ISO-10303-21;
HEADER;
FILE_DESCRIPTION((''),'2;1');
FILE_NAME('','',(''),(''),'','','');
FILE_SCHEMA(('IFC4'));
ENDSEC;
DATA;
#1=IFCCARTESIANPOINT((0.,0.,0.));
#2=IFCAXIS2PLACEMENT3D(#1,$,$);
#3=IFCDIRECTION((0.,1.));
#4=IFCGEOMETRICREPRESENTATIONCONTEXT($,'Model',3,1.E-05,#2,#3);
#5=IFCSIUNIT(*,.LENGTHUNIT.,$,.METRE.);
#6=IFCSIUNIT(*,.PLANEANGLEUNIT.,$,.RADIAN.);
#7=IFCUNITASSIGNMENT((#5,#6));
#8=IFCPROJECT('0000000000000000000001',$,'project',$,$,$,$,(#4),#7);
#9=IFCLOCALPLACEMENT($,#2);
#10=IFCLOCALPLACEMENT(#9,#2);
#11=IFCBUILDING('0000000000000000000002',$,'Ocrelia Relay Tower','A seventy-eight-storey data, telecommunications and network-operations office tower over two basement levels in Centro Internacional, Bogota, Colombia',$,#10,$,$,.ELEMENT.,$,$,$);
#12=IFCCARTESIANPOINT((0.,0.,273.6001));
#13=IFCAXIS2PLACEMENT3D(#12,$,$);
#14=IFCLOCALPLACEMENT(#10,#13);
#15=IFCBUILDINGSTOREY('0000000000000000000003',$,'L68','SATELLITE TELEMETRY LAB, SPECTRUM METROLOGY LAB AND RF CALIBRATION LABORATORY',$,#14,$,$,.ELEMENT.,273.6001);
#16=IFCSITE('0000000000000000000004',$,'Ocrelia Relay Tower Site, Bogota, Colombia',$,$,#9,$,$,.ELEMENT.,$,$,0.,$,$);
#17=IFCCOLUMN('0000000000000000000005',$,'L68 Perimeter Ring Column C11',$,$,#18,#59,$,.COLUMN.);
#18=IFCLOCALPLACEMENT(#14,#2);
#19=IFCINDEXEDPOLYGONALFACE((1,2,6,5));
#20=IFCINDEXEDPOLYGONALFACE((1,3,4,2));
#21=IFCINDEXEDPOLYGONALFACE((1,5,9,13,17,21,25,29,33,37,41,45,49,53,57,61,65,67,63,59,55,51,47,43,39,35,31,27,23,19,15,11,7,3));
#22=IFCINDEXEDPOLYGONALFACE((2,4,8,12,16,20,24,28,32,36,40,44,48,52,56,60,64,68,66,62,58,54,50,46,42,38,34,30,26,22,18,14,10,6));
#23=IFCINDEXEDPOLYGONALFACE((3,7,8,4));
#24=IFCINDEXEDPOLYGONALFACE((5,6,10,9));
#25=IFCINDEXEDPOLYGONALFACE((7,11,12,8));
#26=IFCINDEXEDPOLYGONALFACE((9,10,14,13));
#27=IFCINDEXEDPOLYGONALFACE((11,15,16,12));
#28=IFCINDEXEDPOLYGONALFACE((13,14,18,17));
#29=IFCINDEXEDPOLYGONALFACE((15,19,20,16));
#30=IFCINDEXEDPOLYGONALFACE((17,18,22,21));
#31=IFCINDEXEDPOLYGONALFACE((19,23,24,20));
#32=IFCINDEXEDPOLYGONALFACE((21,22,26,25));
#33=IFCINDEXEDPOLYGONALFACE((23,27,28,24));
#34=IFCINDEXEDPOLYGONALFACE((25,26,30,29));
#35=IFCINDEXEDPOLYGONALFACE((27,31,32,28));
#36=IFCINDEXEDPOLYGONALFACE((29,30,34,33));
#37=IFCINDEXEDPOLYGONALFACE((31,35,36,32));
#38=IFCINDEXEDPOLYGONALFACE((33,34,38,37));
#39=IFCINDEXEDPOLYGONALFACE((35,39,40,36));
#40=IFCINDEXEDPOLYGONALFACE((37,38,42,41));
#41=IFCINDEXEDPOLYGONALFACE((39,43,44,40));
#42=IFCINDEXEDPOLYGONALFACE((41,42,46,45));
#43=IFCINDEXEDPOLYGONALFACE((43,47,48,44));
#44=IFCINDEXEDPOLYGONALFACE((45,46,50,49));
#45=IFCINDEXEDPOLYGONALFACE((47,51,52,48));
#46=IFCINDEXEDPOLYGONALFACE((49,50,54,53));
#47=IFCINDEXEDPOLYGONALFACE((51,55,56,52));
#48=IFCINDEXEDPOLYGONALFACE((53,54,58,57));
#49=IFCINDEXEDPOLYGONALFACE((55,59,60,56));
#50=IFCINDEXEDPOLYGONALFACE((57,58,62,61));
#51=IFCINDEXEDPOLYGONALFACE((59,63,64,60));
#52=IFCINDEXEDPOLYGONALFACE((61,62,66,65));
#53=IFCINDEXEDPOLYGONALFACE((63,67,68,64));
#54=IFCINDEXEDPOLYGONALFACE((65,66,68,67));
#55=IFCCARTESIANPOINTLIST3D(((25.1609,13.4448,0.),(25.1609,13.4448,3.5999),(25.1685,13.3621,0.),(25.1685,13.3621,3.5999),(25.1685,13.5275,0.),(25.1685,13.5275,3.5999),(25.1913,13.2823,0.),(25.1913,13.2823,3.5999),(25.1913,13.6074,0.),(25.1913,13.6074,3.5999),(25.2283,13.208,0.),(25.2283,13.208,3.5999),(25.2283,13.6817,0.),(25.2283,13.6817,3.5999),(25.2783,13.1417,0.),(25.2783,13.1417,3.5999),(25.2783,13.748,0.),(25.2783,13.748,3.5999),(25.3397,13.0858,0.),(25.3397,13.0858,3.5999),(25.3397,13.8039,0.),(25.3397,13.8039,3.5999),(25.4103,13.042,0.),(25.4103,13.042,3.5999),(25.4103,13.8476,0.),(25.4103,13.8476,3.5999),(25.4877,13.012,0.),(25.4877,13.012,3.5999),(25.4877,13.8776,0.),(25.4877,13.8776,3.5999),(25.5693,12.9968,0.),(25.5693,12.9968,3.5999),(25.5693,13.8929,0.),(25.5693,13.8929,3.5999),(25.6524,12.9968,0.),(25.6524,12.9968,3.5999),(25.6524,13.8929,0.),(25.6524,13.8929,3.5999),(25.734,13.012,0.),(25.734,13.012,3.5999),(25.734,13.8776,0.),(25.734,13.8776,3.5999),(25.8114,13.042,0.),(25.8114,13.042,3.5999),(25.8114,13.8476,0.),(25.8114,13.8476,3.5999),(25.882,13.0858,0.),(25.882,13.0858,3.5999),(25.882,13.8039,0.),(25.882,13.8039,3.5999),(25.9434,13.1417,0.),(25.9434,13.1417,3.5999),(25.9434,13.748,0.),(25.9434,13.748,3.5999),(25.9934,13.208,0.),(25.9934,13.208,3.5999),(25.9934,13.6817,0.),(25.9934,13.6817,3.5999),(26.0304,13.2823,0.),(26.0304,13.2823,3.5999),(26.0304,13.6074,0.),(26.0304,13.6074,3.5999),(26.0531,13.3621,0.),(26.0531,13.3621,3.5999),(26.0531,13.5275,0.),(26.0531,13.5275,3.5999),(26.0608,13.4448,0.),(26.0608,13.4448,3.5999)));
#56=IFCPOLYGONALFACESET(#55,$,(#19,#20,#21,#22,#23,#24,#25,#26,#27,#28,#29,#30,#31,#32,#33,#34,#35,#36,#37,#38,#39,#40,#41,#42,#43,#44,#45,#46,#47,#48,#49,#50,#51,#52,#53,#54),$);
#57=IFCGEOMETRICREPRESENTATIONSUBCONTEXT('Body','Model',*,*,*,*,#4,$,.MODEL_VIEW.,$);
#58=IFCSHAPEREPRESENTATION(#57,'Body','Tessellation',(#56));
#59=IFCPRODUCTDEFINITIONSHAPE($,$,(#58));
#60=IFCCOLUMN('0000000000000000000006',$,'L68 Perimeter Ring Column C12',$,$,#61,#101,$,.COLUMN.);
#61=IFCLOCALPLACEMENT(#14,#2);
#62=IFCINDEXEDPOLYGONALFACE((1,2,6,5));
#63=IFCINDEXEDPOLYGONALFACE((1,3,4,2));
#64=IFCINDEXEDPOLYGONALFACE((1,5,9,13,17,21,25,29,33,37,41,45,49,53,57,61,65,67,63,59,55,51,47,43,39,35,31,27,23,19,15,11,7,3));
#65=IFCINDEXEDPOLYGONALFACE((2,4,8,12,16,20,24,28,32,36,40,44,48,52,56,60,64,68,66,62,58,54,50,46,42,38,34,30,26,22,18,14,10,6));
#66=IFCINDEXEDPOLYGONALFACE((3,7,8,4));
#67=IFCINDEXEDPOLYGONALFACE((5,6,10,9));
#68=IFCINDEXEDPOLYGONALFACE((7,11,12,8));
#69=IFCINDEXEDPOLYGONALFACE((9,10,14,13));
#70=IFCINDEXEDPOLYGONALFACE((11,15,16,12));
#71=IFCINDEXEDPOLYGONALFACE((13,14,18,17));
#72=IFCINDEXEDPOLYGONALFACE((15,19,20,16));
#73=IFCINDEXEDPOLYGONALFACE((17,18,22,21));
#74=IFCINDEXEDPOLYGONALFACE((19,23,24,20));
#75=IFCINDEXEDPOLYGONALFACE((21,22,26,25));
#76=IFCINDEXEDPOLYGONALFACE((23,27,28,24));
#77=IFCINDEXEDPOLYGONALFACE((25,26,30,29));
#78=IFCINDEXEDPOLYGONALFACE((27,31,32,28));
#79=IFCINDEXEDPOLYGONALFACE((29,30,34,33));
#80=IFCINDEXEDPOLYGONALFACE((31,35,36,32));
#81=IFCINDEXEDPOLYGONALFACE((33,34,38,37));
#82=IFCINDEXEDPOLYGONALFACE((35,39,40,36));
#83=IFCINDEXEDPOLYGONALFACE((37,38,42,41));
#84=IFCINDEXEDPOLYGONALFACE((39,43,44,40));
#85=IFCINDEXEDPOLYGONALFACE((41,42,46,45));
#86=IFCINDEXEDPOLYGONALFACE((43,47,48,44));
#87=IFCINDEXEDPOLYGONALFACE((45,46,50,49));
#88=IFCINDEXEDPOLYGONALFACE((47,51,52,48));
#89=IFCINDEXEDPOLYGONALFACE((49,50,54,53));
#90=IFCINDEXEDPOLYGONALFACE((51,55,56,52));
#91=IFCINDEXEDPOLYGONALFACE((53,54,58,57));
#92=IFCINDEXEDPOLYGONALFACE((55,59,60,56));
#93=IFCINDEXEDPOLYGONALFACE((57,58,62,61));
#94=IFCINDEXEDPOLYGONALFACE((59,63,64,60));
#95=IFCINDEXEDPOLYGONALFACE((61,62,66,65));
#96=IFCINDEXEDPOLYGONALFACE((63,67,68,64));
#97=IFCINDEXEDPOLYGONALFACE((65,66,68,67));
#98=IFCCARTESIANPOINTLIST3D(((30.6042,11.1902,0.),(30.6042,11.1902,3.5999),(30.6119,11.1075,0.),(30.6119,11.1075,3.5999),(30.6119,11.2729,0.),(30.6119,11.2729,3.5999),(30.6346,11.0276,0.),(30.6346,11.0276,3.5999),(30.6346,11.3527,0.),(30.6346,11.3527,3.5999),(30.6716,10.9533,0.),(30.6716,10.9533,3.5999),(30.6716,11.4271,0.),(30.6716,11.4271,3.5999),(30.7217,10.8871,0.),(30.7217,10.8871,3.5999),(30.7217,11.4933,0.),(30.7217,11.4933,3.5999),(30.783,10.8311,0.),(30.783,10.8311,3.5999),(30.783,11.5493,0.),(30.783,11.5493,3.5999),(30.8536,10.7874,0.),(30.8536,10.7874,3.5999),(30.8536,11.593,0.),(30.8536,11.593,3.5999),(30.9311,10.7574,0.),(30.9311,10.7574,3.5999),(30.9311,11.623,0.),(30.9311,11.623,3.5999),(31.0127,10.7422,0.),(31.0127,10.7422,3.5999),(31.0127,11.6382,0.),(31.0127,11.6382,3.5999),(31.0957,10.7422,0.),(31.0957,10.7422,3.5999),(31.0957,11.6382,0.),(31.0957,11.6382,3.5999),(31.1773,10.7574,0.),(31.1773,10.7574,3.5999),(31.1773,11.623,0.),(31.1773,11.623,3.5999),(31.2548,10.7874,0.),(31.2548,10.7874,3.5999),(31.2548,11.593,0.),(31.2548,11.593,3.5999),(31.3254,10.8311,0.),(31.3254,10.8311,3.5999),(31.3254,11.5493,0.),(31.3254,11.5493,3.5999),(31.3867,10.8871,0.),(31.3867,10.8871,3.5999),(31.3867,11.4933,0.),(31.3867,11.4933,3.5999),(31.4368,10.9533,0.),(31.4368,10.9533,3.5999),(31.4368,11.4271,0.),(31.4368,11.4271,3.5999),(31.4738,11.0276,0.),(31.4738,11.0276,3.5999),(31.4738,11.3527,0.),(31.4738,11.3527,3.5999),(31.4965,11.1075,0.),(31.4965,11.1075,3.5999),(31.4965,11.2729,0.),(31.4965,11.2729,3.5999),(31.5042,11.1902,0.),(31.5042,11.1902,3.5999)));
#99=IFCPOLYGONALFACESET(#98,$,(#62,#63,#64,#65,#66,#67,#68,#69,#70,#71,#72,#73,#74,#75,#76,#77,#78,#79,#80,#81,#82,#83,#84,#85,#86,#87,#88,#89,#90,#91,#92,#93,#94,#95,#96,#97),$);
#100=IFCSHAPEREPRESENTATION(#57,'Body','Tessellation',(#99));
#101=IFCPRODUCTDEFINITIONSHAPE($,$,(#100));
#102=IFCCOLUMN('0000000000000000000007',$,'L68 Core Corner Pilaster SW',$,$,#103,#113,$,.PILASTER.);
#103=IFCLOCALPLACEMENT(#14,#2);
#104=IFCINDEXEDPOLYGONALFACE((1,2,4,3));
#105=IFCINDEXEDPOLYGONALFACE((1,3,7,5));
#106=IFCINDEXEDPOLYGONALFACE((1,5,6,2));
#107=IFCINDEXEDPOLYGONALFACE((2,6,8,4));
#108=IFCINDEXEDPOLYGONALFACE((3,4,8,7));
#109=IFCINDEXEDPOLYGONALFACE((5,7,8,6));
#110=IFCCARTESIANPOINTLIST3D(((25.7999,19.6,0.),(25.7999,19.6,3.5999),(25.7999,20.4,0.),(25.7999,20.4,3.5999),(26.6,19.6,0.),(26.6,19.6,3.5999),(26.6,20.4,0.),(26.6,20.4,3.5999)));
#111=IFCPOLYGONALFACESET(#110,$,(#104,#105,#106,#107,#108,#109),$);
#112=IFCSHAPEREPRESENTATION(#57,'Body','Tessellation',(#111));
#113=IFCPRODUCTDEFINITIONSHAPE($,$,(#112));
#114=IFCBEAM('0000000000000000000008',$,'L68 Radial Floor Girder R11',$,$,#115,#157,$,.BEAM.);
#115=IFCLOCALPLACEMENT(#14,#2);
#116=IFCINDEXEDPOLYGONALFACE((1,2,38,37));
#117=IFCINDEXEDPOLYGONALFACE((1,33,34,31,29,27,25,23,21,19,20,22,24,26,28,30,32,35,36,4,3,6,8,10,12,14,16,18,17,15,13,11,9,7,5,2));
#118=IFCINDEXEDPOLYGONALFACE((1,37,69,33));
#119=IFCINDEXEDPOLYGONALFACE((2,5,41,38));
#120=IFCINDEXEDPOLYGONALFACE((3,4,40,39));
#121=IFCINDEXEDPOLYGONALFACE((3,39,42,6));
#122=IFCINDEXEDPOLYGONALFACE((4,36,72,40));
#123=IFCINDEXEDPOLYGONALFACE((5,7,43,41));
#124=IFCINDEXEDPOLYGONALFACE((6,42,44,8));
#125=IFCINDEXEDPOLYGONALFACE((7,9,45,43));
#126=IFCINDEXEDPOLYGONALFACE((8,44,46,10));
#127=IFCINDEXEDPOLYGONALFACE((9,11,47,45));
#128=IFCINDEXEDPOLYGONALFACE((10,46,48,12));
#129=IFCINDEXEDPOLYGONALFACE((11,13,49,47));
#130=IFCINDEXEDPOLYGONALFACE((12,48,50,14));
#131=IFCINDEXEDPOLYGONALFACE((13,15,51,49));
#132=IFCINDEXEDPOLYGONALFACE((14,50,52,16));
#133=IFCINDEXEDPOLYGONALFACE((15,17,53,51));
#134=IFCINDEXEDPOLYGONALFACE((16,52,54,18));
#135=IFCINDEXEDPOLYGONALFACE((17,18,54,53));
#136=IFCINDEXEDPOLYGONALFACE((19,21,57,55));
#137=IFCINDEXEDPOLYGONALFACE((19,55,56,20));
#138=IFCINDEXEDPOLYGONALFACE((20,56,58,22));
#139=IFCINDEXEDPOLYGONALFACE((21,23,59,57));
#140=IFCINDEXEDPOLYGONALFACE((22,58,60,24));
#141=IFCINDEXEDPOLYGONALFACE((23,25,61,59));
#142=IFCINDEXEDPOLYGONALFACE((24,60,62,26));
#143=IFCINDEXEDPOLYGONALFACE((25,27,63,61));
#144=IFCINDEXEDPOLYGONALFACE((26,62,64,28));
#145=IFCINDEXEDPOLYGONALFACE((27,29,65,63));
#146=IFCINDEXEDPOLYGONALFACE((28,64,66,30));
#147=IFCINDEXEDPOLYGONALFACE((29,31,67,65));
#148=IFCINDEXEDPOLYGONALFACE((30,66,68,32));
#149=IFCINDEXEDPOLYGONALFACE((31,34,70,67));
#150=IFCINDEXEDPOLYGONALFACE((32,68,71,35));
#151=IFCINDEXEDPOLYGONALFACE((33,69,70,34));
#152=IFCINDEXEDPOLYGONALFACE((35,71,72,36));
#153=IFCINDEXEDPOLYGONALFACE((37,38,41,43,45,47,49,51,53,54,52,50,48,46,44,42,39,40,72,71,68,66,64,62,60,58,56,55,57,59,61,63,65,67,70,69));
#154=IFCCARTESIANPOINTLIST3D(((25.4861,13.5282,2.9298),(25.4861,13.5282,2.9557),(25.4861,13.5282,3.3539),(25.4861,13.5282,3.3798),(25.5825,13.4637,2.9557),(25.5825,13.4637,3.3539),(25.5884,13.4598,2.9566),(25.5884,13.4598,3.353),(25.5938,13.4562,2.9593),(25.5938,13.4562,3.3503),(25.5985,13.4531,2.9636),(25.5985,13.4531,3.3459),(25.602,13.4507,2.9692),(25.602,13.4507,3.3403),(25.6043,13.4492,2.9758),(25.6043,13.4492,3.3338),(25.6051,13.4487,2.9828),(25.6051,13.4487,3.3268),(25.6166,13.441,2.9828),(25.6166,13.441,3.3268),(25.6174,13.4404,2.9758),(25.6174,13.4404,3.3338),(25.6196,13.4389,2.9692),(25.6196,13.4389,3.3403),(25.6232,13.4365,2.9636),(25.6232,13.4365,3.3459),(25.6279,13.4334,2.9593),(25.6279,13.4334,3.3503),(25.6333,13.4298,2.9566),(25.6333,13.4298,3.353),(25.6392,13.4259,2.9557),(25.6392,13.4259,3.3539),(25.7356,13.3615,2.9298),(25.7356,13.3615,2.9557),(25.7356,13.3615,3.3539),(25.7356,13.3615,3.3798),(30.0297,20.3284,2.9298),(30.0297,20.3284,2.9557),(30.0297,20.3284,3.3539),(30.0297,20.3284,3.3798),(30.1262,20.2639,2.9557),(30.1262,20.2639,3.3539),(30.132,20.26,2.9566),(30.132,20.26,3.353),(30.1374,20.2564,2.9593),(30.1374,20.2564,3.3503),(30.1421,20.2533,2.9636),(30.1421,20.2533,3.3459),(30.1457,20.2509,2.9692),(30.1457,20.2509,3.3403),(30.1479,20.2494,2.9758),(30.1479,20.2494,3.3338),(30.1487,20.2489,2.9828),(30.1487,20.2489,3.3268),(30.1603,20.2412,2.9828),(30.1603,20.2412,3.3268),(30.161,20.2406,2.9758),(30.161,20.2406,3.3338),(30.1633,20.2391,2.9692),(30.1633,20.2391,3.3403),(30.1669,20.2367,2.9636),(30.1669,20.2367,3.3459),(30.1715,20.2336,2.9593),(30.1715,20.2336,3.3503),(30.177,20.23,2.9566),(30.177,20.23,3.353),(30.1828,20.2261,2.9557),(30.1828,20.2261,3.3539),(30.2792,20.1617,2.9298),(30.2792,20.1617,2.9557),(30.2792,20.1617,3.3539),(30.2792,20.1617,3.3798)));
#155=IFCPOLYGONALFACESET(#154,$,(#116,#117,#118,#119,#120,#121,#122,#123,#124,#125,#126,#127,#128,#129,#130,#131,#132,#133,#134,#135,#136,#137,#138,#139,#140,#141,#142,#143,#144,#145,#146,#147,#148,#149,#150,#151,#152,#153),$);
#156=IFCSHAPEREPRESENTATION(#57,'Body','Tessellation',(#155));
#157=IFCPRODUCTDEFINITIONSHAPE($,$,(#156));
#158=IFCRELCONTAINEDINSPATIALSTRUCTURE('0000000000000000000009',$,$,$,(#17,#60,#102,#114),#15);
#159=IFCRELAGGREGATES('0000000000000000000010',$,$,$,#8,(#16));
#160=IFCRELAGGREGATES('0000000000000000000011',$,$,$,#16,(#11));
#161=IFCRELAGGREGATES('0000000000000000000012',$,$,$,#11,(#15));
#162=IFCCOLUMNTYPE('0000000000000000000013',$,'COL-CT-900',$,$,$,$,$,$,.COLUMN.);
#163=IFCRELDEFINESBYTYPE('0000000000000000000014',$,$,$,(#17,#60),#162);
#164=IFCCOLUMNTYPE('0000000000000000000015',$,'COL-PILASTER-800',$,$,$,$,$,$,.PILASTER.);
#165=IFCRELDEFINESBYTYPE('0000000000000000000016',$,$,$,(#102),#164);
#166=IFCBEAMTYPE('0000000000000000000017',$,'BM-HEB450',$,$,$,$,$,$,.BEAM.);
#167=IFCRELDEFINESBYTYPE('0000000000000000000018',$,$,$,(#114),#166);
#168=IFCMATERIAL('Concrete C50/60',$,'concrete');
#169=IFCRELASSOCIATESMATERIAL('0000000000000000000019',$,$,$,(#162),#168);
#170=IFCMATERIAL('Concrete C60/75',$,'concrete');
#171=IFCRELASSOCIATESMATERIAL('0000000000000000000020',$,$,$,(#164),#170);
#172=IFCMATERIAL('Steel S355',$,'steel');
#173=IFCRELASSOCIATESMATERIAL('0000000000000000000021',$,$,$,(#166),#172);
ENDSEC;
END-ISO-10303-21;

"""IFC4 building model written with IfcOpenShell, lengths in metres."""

from ifc_helpers import new_model, si_unit, direction, frame, origin, origin_2d, place, context, subcontext, project, spatial, rectangle, circle, i_section, extrude, material, material_profile, profile_set, type_object, element, save


model = new_model("IFC4")

# Units and contexts
model_context = context("Model", 3, precision=1e-05, world=origin(), true_north=direction((0.0, 1.0)))
body_context = subcontext(model_context, "Body", "Model", "MODEL_VIEW")
ifc_project = project(units=[si_unit("LENGTHUNIT", "METRE"), si_unit("PLANEANGLEUNIT", "RADIAN")], contexts=[model_context])

# Site, building, storey
site_placement = place(None, origin())
site = spatial("IfcSite", under=ifc_project, at=site_placement, Name="Ocrelia Relay Tower Site, Bogota, Colombia", CompositionType="ELEMENT", RefElevation=0.0)
building_placement = place(site_placement, origin())
building = spatial("IfcBuilding", under=site, at=building_placement, Name="Ocrelia Relay Tower", Description="A seventy-eight-storey data, telecommunications and network-operations office tower over two basement levels in Centro Internacional, Bogota, Colombia", CompositionType="ELEMENT")
storey_placement = place(building_placement, frame((0.0, 0.0, 273.6001)))
storey = spatial("IfcBuildingStorey", under=building, at=storey_placement, Name="L68", Description="SATELLITE TELEMETRY LAB, SPECTRUM METROLOGY LAB AND RF CALIBRATION LABORATORY", CompositionType="ELEMENT", Elevation=273.6001)

# Columns
ifc_material_1 = material(Name="Concrete C50/60", Category="concrete")
ifc_material_profile_1 = material_profile(ifc_material_1, circle(Radius=0.45, at=origin_2d()), Name="RC-CIR-900")
ifc_profile_set_1 = profile_set([ifc_material_profile_1], Name="Concrete C50/60")
column_type_1 = type_object("IfcColumnType", Name="COL-CT-900", PredefinedType="COLUMN", material=ifc_profile_set_1)
for number, where, z_axis, x_axis, name in (
    (1, (25.6108, 13.4448, 0.0), (0.0, 0.0, 1.0), (1.0, 0.0, 0.0), "L68 Perimeter Ring Column C11"),
    (2, (31.0542, 11.1902, 0.0), (0.0, 0.0, 1.0), (1.0, 0.0, 0.0), "L68 Perimeter Ring Column C12"),
):
    element("IfcColumn", number, at=place(storey_placement, frame(where, z_axis=z_axis, x_axis=x_axis)), inside=storey, type_object=column_type_1, Name=name, PredefinedType="COLUMN", context=body_context, shape_type="SweptSolid", body=[
        extrude(circle(Radius=0.45, at=origin_2d()), origin(), (0.0, 0.0, 1.0), 3.5999),
    ])
ifc_material_2 = material(Name="Concrete C60/75", Category="concrete")
ifc_material_profile_2 = material_profile(ifc_material_2, rectangle(XDim=0.8, YDim=0.8, at=origin_2d()), Name="RC-COL-800x800")
ifc_profile_set_2 = profile_set([ifc_material_profile_2], Name="Concrete C60/75")
column_type_2 = type_object("IfcColumnType", Name="COL-PILASTER-800", PredefinedType="PILASTER", material=ifc_profile_set_2)
column_placement = place(storey_placement, frame((26.2, 20.0, 0.0), z_axis=(0.0, 0.0, 1.0), x_axis=(1.0, 0.0, 0.0)))
element("IfcColumn", 3, at=column_placement, inside=storey, type_object=column_type_2, Name="L68 Core Corner Pilaster SW", PredefinedType="PILASTER", context=body_context, shape_type="SweptSolid", body=[
    extrude(rectangle(XDim=0.8, YDim=0.8, at=origin_2d()), origin(), (0.0, 0.0, 1.0), 3.5999),
])

# Beam
ifc_material_3 = material(Name="Steel S355", Category="steel")
ifc_material_profile_3 = material_profile(ifc_material_3, i_section(OverallWidth=0.3, OverallDepth=0.45, WebThickness=0.0139, FlangeThickness=0.0259, FilletRadius=0.0271, at=origin_2d()), Name="HEB 450")
ifc_profile_set_3 = profile_set([ifc_material_profile_3], Name="Steel S355")
beam_type_1 = type_object("IfcBeamType", Name="BM-HEB450", PredefinedType="BEAM", material=ifc_profile_set_3)
beam_1_placement = place(storey_placement, frame((25.6108, 13.4448, 3.1548), z_axis=(0.555561, 0.831476, 0.0), x_axis=(-0.831476, 0.555561, 0.0)))
element("IfcBeam", 4, at=beam_1_placement, inside=storey, type_object=beam_type_1, Name="L68 Radial Floor Girder R11", PredefinedType="BEAM", context=body_context, shape_type="SweptSolid", body=[
    extrude(i_section(OverallWidth=0.3, OverallDepth=0.45, WebThickness=0.0139, FlangeThickness=0.0259, FilletRadius=0.0271, at=origin_2d()), origin(), (0.0, 0.0, 1.0), 8.1785),
])

save(model, "model.ifc")
